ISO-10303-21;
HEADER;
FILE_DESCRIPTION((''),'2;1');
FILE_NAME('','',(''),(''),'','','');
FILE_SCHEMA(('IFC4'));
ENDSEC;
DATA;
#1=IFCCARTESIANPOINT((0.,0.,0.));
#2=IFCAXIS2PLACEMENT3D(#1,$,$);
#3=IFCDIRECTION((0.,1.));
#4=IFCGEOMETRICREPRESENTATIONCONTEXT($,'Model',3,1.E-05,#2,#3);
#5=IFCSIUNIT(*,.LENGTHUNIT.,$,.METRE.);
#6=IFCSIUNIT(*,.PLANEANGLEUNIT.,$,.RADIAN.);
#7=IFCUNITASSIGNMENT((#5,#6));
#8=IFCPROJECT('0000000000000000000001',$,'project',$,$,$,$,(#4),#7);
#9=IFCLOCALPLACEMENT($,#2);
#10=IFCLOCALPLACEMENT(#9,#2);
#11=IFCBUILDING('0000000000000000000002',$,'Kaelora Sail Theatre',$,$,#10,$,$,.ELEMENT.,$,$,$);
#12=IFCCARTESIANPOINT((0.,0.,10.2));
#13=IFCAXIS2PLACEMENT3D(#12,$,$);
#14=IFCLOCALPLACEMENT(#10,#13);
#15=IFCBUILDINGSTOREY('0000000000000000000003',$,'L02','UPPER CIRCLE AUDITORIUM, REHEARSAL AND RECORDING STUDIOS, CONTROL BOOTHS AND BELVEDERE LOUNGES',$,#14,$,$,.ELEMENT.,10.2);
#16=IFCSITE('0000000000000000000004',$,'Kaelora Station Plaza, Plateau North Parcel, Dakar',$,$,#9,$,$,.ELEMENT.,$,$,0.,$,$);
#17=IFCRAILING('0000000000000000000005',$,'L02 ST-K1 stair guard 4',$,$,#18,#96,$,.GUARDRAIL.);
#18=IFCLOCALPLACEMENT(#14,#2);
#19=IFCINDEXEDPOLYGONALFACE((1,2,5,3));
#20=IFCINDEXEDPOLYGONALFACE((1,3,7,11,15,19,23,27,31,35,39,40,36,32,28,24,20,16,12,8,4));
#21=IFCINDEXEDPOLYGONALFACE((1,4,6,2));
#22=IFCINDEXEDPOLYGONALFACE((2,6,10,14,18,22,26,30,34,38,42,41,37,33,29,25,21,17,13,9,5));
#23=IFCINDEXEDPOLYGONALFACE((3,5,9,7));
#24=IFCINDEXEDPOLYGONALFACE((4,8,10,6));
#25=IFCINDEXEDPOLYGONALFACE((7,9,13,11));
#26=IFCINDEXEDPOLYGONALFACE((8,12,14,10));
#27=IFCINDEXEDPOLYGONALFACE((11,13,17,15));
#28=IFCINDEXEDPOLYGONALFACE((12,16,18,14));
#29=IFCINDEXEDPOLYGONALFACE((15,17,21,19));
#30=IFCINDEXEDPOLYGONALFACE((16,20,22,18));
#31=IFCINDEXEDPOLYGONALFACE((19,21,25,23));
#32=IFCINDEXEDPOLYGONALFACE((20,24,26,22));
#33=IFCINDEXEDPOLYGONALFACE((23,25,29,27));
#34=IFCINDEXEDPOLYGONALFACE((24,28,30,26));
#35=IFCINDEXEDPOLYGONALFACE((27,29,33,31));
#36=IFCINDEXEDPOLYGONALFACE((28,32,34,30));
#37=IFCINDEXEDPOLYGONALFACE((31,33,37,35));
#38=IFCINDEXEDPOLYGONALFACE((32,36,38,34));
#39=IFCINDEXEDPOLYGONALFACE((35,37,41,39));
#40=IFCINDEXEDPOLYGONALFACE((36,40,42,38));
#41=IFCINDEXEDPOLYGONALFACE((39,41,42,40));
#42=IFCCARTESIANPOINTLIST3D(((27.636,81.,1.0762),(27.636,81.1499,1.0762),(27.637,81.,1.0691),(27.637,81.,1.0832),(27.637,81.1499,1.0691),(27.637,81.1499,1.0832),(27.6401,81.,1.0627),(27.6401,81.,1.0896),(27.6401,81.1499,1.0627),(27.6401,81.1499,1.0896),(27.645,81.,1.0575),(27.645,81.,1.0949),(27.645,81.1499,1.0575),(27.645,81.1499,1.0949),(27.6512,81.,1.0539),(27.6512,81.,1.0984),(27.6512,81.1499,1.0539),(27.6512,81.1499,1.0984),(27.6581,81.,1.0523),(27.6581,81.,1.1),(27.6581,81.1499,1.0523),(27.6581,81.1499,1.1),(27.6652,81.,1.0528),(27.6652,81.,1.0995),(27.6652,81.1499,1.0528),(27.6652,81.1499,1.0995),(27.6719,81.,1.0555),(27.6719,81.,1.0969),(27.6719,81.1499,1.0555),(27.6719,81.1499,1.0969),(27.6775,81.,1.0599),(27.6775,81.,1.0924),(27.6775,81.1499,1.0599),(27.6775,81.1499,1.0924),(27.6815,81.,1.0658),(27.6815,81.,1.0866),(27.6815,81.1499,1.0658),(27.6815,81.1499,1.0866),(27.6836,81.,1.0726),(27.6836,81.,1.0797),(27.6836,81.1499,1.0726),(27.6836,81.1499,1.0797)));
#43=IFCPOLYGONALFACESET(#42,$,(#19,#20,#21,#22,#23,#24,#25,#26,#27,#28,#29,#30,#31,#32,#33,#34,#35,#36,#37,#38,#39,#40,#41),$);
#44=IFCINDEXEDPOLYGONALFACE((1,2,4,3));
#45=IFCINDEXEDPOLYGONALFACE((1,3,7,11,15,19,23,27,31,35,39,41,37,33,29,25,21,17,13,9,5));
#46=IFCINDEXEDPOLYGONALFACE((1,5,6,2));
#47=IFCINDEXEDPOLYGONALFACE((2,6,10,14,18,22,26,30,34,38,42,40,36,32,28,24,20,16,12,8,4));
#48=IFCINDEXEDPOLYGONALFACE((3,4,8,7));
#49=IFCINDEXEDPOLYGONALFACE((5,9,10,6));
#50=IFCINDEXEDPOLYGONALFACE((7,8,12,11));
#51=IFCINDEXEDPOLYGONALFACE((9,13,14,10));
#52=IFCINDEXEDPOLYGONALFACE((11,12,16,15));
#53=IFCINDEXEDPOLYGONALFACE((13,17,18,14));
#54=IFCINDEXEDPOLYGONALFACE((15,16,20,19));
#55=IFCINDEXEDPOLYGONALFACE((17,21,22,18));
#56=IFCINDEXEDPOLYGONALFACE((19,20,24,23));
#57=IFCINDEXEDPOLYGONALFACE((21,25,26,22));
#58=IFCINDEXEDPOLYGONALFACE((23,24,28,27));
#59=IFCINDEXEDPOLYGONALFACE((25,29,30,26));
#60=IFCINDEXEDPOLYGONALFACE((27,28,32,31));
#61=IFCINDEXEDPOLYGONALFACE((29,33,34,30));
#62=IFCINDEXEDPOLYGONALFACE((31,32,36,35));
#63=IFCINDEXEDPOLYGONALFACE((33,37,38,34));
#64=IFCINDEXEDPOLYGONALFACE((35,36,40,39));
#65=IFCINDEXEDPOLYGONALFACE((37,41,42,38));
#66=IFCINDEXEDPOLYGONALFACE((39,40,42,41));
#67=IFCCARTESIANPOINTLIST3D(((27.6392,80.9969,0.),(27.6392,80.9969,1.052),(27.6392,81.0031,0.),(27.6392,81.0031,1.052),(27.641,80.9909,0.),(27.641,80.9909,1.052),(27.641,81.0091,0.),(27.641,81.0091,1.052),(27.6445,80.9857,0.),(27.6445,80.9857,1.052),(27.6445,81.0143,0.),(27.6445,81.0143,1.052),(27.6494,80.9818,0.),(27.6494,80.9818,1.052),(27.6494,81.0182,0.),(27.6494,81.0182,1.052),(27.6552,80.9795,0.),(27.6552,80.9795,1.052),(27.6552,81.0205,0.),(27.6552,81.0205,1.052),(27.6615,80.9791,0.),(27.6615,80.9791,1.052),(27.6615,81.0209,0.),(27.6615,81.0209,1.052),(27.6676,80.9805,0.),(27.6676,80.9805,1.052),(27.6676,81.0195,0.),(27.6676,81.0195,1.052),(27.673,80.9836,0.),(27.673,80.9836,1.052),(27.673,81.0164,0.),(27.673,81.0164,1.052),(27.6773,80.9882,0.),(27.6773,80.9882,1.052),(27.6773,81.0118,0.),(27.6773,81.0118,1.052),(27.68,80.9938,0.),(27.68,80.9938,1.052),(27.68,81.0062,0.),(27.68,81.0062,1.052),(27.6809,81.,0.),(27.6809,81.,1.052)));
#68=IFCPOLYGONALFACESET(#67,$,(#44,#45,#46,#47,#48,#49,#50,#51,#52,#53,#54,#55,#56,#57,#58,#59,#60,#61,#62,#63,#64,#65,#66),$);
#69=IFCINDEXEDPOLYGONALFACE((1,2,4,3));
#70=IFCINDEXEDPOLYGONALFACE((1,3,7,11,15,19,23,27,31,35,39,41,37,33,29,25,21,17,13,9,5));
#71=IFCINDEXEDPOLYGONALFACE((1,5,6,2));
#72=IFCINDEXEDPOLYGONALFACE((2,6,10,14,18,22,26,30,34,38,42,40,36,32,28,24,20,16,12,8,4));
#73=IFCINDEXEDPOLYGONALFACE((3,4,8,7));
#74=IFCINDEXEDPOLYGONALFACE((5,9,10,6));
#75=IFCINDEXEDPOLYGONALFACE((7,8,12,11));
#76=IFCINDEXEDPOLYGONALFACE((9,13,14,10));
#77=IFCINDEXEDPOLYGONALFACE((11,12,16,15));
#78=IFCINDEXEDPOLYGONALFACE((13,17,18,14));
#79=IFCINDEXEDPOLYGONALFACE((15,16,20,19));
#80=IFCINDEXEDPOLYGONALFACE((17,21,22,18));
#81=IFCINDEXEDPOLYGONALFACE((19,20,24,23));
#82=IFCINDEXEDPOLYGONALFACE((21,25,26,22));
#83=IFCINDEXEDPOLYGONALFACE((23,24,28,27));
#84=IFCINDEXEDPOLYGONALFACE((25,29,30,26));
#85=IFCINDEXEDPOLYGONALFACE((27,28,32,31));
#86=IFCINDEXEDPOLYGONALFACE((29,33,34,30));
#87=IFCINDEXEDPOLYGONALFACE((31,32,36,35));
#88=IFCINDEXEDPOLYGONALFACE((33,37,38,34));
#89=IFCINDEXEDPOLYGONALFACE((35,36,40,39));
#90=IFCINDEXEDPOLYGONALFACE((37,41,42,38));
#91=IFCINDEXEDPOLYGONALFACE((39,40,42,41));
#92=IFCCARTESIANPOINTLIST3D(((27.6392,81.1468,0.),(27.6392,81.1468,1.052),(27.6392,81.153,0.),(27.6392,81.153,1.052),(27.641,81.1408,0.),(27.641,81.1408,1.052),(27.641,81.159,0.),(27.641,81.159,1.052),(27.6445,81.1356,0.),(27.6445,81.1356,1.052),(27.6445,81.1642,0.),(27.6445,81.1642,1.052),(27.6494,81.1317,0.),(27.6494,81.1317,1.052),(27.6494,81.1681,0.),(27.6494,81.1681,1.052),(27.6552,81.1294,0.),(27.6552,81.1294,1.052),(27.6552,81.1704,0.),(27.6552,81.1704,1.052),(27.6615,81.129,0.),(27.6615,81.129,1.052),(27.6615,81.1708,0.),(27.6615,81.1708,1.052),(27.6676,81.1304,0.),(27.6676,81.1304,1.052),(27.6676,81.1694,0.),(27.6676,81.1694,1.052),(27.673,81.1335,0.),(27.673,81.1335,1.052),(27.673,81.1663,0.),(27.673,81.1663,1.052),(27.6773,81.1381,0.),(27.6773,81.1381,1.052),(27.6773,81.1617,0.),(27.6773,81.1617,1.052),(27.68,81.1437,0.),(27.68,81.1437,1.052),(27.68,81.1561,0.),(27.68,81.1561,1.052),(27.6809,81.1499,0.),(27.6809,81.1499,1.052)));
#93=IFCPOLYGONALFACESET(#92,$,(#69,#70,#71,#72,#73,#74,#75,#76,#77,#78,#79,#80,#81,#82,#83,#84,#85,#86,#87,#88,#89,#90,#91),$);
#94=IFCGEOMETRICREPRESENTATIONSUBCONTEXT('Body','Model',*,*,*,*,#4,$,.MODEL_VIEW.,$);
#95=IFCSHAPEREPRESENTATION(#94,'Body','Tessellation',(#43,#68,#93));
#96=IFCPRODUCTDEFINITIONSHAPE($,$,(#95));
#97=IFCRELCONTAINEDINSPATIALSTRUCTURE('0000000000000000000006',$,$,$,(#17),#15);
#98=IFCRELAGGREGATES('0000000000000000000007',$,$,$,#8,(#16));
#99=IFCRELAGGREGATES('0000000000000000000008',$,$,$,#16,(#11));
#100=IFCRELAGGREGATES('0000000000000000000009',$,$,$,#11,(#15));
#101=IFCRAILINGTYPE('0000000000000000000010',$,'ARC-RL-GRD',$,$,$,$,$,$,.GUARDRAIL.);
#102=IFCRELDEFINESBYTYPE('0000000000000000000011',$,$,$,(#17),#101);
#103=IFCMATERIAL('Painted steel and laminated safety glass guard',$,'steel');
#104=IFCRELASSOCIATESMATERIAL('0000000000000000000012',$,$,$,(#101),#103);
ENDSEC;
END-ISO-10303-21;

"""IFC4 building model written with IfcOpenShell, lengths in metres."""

from ifc_helpers import new_model, si_unit, direction, frame, origin, origin_2d, place, context, subcontext, project, spatial, circle, extrude, material, type_object, element, save


model = new_model("IFC4")

# Units and contexts
model_context = context("Model", 3, precision=1e-05, world=origin(), true_north=direction((0.0, 1.0)))
body_context = subcontext(model_context, "Body", "Model", "MODEL_VIEW")
ifc_project = project(units=[si_unit("LENGTHUNIT", "METRE"), si_unit("PLANEANGLEUNIT", "RADIAN")], contexts=[model_context])

# Site, building, storey
site_placement = place(None, origin())
site = spatial("IfcSite", under=ifc_project, at=site_placement, Name="Kaelora Station Plaza, Plateau North Parcel, Dakar", CompositionType="ELEMENT", RefElevation=0.0)
building_placement = place(site_placement, origin())
building = spatial("IfcBuilding", under=site, at=building_placement, Name="Kaelora Sail Theatre", CompositionType="ELEMENT")
storey_placement = place(building_placement, frame((0.0, 0.0, 10.2)))
storey = spatial("IfcBuildingStorey", under=building, at=storey_placement, Name="L02", Description="UPPER CIRCLE AUDITORIUM, REHEARSAL AND RECORDING STUDIOS, CONTROL BOOTHS AND BELVEDERE LOUNGES", CompositionType="ELEMENT", Elevation=10.2)

# Railing
ifc_material_1 = material(Name="Painted steel and laminated safety glass guard", Category="steel")
railing_type_1 = type_object("IfcRailingType", Name="ARC-RL-GRD", PredefinedType="GUARDRAIL", material=ifc_material_1)
railing_1_placement = place(storey_placement, frame((27.6599, 81.0, 0.0)))
element("IfcRailing", 1, at=railing_1_placement, inside=storey, type_object=railing_type_1, Name="L02 ST-K1 stair guard 4", PredefinedType="GUARDRAIL", context=body_context, shape_type="SweptSolid", body=[
    extrude(circle(Radius=0.0239, at=origin_2d()), frame((0.0, 0.0, 1.0762), z_axis=(0.0, 1.0, 0.0), x_axis=(-1.0, 0.0, 0.0)), (0.0, 0.0, 1.0), 0.1499),
    extrude(circle(Radius=0.021, at=origin_2d()), origin(), (0.0, 0.0, 1.0), 1.052),
    extrude(circle(Radius=0.021, at=origin_2d()), frame((0.0, 0.1499, 0.0)), (0.0, 0.0, 1.0), 1.052),
])

save(model, "model.ifc")
